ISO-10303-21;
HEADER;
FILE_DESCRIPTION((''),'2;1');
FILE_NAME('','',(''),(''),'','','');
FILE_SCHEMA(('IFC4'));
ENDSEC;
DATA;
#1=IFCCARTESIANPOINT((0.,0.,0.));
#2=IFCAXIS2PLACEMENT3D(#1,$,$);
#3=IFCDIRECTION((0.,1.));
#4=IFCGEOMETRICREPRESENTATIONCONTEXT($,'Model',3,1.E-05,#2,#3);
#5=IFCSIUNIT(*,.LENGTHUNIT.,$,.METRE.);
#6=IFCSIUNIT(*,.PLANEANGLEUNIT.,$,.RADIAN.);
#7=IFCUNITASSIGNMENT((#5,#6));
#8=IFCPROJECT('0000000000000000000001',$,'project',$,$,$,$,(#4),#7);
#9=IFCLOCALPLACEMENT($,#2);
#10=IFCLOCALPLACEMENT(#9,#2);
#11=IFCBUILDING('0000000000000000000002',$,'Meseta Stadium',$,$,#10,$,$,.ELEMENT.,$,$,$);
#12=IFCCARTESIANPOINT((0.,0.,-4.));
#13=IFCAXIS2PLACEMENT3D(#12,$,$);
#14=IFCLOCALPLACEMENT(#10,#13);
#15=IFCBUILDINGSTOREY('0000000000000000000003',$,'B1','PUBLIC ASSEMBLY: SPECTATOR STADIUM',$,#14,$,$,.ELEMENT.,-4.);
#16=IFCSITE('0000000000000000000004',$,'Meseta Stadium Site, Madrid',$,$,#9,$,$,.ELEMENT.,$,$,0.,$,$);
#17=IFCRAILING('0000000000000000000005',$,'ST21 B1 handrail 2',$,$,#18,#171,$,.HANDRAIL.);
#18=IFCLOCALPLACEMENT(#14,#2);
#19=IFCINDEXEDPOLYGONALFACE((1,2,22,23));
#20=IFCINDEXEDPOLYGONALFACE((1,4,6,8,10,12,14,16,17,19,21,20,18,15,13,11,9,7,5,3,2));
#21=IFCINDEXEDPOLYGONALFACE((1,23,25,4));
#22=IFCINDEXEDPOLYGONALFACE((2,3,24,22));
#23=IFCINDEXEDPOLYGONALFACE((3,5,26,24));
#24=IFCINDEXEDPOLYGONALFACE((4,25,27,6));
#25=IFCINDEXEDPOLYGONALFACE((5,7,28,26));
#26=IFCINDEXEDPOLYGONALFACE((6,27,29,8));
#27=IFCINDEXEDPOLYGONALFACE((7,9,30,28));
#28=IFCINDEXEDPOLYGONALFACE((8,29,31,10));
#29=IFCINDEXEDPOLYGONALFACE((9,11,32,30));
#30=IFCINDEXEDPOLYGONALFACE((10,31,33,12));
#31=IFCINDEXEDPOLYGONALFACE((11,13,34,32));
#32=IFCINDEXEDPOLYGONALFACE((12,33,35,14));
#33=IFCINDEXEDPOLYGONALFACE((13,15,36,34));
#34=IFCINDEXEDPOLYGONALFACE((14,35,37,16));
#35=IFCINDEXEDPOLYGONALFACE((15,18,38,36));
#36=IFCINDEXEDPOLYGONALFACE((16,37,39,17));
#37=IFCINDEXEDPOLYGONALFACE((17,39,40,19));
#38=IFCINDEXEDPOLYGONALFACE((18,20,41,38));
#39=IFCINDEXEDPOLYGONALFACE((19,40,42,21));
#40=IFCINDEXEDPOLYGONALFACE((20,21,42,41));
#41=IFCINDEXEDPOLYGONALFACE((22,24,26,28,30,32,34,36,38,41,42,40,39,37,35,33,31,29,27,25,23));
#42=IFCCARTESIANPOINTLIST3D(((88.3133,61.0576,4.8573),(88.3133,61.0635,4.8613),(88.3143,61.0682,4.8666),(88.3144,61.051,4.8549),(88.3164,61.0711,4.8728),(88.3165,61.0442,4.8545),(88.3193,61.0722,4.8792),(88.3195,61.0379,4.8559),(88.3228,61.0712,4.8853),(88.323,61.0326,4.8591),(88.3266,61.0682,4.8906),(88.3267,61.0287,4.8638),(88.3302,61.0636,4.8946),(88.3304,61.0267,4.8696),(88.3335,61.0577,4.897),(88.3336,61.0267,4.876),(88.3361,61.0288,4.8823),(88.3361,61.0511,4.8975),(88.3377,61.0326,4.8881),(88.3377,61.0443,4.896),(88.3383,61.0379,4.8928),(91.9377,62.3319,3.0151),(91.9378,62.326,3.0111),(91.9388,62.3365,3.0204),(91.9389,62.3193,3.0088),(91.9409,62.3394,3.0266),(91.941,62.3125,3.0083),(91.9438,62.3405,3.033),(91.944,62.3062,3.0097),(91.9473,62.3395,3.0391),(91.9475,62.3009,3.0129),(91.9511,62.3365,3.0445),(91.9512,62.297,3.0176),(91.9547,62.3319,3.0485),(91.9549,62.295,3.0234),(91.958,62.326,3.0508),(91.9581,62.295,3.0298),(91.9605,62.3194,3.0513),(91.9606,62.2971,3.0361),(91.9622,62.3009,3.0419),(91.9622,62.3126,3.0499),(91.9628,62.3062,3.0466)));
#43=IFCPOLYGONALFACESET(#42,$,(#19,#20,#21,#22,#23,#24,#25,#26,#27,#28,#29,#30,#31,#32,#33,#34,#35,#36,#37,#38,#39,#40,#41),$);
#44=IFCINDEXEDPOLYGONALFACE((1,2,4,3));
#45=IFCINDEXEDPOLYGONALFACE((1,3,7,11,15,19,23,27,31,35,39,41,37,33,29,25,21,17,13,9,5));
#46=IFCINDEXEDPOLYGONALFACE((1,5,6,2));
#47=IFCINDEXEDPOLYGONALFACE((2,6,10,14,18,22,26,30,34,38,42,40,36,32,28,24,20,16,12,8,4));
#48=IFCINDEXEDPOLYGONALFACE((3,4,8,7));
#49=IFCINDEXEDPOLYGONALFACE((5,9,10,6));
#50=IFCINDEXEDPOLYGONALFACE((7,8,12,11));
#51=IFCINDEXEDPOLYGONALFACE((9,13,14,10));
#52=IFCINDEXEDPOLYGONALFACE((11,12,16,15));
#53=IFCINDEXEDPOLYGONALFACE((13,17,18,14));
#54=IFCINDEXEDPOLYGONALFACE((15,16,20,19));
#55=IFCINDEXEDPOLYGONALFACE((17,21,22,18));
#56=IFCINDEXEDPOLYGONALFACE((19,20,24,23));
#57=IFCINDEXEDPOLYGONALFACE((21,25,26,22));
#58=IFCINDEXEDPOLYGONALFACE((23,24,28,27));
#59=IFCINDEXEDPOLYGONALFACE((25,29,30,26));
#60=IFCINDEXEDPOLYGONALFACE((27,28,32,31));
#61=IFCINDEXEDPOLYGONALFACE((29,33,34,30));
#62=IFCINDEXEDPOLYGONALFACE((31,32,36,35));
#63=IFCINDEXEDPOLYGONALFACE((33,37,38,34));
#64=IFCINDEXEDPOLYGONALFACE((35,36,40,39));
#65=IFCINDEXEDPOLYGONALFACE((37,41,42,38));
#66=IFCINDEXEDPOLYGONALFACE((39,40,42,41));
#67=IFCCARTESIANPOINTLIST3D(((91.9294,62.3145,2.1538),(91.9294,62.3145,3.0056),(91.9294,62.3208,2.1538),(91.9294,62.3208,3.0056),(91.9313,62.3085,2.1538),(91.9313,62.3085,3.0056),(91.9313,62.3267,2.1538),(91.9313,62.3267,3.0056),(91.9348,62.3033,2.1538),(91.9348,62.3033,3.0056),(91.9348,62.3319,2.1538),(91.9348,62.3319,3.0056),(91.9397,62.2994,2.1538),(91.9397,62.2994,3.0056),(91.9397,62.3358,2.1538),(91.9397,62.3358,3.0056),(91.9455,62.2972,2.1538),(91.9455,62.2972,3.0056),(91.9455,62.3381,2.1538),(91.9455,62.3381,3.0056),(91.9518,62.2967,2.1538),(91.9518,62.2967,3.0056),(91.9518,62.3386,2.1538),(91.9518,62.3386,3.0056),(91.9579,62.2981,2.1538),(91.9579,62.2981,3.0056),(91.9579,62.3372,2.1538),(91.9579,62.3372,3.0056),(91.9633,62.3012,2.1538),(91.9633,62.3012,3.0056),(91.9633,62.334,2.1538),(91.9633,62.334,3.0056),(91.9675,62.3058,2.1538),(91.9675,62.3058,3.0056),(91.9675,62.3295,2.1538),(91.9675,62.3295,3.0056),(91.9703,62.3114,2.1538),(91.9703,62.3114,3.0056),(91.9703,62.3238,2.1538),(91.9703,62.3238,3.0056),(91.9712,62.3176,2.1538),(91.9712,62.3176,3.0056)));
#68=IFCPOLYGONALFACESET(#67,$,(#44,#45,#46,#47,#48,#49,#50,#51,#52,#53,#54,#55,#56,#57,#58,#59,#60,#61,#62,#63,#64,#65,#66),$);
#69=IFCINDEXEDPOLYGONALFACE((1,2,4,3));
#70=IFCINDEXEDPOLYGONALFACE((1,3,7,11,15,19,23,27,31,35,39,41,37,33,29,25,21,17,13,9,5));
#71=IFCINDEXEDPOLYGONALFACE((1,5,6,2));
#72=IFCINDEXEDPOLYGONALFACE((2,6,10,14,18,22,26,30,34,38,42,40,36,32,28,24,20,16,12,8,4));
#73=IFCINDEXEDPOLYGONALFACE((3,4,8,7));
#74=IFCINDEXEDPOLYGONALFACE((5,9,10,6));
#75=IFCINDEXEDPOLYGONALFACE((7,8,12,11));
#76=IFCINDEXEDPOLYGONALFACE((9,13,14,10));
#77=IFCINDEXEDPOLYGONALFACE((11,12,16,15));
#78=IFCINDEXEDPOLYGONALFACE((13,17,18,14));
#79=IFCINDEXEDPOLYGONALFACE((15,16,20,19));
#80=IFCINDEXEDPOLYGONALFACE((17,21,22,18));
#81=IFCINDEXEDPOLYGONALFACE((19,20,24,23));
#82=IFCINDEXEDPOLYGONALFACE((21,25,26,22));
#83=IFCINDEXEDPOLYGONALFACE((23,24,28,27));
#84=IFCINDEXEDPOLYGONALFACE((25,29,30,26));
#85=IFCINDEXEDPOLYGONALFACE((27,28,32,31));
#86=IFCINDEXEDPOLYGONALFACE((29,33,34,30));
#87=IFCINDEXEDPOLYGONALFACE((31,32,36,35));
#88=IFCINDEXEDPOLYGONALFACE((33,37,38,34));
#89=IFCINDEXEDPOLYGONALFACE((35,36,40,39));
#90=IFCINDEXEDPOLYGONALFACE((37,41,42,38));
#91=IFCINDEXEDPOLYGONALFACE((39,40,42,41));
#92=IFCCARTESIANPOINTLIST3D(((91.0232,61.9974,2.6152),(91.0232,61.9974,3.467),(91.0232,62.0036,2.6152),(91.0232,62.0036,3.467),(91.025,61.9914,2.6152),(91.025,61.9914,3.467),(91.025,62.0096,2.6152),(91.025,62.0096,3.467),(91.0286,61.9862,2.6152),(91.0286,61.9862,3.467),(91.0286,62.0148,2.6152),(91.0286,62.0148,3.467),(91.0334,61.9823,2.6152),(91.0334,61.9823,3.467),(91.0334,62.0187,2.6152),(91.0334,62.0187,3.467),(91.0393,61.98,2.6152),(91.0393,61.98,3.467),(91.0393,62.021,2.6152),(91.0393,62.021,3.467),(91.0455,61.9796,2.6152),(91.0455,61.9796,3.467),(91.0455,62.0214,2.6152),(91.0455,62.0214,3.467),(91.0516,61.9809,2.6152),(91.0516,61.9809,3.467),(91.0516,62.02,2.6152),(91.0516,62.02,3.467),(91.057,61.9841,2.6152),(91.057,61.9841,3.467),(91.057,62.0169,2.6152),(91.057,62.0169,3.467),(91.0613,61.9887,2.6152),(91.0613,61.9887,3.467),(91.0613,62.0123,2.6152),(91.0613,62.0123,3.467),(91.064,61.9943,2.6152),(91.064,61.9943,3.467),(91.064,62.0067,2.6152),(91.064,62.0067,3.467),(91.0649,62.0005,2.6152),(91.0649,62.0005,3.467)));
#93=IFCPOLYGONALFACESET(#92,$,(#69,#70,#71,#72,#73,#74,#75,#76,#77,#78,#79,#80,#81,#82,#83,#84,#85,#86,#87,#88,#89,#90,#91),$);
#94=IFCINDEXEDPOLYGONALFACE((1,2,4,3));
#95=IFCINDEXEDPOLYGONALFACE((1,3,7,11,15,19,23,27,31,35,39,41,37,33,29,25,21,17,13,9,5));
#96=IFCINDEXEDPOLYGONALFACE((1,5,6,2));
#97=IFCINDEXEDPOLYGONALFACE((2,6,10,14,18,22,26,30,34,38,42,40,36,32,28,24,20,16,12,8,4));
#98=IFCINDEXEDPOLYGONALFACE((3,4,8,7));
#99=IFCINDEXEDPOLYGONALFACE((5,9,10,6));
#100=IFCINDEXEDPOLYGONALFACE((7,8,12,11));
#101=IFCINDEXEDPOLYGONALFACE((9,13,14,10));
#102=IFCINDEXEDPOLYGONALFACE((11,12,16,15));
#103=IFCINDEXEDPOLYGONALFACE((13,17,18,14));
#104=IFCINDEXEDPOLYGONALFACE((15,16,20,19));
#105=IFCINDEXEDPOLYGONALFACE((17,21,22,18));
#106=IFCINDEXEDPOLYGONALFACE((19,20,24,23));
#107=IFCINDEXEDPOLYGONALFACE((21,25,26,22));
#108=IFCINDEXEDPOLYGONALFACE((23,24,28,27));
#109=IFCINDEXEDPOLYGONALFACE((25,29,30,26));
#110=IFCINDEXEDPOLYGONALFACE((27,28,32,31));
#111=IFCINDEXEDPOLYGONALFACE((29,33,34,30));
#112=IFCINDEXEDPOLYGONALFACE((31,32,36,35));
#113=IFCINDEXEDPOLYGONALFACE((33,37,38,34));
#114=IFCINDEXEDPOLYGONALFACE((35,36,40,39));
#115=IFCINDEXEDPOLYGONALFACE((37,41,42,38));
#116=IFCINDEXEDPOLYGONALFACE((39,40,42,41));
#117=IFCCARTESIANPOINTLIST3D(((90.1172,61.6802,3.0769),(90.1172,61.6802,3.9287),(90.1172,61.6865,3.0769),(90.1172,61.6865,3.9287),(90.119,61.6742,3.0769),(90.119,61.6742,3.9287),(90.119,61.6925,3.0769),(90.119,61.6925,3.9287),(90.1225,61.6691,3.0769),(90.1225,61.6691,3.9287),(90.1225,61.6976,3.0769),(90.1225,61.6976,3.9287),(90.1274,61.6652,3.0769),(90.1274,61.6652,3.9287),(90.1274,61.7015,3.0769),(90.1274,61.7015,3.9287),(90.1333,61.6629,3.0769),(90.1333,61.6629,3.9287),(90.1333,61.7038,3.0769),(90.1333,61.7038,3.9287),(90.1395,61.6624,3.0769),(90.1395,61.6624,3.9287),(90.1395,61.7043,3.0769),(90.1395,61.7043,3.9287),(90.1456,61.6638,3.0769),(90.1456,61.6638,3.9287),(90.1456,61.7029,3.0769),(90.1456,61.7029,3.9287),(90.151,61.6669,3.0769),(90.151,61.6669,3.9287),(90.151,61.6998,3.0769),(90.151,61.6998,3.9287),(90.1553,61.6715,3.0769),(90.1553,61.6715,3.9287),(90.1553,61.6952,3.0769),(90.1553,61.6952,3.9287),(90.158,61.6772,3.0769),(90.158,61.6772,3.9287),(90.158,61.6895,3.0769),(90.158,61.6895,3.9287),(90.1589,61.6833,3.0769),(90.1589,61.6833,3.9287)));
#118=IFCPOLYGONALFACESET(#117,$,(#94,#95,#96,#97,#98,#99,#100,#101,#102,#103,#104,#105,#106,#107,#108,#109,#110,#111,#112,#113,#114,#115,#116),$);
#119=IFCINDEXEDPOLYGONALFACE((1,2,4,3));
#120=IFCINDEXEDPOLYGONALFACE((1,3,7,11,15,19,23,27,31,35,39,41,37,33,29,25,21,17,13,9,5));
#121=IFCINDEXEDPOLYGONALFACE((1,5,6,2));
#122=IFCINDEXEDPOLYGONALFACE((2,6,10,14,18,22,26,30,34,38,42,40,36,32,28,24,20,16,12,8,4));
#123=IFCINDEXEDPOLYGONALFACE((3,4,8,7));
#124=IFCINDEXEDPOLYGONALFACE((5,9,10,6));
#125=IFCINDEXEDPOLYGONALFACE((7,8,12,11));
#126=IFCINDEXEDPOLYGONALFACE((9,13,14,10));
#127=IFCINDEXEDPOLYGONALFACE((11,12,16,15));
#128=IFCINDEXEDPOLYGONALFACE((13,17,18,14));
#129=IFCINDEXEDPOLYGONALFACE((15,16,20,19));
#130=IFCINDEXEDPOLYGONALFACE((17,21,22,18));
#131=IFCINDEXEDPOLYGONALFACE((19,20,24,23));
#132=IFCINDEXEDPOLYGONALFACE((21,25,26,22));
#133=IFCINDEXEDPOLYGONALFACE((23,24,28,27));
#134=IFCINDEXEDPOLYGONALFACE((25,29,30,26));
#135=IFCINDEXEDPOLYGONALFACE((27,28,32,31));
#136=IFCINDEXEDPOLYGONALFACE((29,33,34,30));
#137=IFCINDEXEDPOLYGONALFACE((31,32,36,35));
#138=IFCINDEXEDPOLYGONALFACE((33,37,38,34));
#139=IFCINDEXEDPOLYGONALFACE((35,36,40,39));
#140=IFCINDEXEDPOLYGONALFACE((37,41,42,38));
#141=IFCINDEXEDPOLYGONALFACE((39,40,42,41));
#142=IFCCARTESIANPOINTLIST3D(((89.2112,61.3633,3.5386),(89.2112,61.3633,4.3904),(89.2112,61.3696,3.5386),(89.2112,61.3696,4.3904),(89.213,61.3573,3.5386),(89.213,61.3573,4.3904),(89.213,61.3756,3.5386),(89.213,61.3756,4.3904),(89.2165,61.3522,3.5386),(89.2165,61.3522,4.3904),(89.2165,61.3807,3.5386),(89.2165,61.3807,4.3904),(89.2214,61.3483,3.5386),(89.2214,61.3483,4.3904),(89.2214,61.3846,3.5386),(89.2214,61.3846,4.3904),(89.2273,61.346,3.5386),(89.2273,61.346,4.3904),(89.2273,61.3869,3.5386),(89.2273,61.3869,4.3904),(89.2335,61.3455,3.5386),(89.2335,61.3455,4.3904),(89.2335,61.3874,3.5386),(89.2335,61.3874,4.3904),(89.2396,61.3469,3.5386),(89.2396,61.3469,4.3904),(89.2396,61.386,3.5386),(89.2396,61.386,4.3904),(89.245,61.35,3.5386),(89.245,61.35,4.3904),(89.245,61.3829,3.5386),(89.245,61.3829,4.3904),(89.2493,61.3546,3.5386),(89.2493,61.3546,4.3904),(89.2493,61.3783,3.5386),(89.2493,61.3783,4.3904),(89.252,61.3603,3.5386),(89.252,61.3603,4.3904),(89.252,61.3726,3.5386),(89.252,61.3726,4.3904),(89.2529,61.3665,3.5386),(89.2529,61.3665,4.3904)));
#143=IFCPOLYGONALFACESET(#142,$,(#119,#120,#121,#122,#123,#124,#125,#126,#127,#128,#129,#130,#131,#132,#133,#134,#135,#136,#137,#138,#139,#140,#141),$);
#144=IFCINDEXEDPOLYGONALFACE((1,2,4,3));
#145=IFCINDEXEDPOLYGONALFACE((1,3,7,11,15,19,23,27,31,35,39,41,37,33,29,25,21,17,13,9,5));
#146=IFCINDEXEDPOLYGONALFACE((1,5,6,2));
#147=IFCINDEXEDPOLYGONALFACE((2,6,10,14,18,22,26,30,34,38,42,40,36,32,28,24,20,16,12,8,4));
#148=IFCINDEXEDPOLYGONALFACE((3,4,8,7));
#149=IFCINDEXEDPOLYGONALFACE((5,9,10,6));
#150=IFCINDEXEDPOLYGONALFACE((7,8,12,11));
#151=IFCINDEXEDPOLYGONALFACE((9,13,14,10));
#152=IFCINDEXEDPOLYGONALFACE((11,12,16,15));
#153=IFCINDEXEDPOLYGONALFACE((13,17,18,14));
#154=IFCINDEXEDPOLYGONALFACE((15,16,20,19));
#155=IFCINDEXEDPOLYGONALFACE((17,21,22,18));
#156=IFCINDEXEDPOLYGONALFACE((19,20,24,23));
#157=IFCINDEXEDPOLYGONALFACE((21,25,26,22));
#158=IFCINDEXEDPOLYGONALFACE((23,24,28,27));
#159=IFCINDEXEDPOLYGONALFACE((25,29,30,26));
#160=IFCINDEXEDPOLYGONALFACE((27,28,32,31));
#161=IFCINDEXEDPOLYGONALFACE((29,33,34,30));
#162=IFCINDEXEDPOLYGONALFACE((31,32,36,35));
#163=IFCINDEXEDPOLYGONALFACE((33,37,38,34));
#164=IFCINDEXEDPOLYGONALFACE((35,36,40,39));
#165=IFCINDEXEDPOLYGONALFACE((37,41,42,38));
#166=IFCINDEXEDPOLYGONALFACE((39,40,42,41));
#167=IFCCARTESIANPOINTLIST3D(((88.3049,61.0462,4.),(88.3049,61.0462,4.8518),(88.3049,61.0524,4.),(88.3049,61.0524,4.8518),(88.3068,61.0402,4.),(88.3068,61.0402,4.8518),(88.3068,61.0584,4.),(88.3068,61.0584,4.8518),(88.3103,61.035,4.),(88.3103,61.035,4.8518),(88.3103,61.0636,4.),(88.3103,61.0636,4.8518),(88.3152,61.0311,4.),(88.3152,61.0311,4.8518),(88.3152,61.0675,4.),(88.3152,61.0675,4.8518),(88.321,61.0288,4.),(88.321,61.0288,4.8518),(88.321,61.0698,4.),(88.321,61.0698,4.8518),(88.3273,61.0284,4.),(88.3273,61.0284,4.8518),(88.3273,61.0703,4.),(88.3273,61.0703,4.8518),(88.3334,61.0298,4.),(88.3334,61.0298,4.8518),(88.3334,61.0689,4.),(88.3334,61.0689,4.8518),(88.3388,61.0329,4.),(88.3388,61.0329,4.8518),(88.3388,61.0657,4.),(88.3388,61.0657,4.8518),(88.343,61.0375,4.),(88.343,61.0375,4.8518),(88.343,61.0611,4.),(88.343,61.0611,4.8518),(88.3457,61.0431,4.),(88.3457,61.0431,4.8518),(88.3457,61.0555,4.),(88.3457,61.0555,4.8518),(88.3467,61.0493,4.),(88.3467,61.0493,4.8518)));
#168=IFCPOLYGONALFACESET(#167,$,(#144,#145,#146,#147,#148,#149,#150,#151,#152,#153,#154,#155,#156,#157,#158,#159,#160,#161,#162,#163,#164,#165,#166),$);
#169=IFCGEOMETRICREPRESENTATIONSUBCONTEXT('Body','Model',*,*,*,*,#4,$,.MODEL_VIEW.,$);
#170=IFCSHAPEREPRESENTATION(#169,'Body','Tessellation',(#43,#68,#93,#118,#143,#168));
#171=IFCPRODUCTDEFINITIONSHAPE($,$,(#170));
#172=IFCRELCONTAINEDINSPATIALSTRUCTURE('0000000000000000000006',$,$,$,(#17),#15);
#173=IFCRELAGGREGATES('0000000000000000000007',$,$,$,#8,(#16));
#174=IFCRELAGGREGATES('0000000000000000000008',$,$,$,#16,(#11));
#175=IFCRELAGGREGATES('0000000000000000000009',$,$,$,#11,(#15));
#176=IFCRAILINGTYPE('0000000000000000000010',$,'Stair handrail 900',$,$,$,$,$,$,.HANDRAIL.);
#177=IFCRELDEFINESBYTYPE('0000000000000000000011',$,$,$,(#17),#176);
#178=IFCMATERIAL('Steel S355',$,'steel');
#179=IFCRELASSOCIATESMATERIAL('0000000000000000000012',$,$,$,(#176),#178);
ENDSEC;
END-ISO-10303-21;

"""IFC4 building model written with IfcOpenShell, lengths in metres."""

from ifc_helpers import new_model, si_unit, direction, frame, origin, origin_2d, place, context, subcontext, project, spatial, circle, extrude, material, type_object, element, save


model = new_model("IFC4")

# Units and contexts
model_context = context("Model", 3, precision=1e-05, world=origin(), true_north=direction((0.0, 1.0)))
body_context = subcontext(model_context, "Body", "Model", "MODEL_VIEW")
ifc_project = project(units=[si_unit("LENGTHUNIT", "METRE"), si_unit("PLANEANGLEUNIT", "RADIAN")], contexts=[model_context])

# Site, building, storey
site_placement = place(None, origin())
site = spatial("IfcSite", under=ifc_project, at=site_placement, Name="Meseta Stadium Site, Madrid", CompositionType="ELEMENT", RefElevation=0.0)
building_placement = place(site_placement, origin())
building = spatial("IfcBuilding", under=site, at=building_placement, Name="Meseta Stadium", CompositionType="ELEMENT")
storey_placement = place(building_placement, frame((0.0, 0.0, -4.0)))
storey = spatial("IfcBuildingStorey", under=building, at=storey_placement, Name="B1", Description="PUBLIC ASSEMBLY: SPECTATOR STADIUM", CompositionType="ELEMENT", Elevation=-4.0)

# Railing
ifc_material_1 = material(Name="Steel S355", Category="steel")
railing_type_1 = type_object("IfcRailingType", Name="Stair handrail 900", PredefinedType="HANDRAIL", material=ifc_material_1)
railing_1_placement = place(storey_placement, frame((91.9502, 62.3176, 2.1538)))
element("IfcRailing", 1, at=railing_1_placement, inside=storey, type_object=railing_type_1, Name="ST21 B1 handrail 2", PredefinedType="HANDRAIL", context=body_context, shape_type="SweptSolid", body=[
    extrude(circle(Radius=0.0239, at=origin_2d()), frame((0.0, 0.0, 0.876), z_axis=(-0.850672, -0.297672, 0.4333), x_axis=(0.330288, -0.94388, 0.0)), (0.0, 0.0, 1.0), 4.2607),
    extrude(circle(Radius=0.021, at=origin_2d()), origin(), (0.0, 0.0, 1.0), 0.8518),
    extrude(circle(Radius=0.021, at=origin_2d()), frame((-0.9062, -0.3171, 0.4614)), (0.0, 0.0, 1.0), 0.8518),
    extrude(circle(Radius=0.021, at=origin_2d()), frame((-1.8123, -0.6343, 0.9231)), (0.0, 0.0, 1.0), 0.8518),
    extrude(circle(Radius=0.021, at=origin_2d()), frame((-2.7183, -0.9512, 1.3848)), (0.0, 0.0, 1.0), 0.8518),
    extrude(circle(Radius=0.021, at=origin_2d()), frame((-3.6245, -1.2683, 1.8462)), (0.0, 0.0, 1.0), 0.8518),
])

save(model, "model.ifc")
